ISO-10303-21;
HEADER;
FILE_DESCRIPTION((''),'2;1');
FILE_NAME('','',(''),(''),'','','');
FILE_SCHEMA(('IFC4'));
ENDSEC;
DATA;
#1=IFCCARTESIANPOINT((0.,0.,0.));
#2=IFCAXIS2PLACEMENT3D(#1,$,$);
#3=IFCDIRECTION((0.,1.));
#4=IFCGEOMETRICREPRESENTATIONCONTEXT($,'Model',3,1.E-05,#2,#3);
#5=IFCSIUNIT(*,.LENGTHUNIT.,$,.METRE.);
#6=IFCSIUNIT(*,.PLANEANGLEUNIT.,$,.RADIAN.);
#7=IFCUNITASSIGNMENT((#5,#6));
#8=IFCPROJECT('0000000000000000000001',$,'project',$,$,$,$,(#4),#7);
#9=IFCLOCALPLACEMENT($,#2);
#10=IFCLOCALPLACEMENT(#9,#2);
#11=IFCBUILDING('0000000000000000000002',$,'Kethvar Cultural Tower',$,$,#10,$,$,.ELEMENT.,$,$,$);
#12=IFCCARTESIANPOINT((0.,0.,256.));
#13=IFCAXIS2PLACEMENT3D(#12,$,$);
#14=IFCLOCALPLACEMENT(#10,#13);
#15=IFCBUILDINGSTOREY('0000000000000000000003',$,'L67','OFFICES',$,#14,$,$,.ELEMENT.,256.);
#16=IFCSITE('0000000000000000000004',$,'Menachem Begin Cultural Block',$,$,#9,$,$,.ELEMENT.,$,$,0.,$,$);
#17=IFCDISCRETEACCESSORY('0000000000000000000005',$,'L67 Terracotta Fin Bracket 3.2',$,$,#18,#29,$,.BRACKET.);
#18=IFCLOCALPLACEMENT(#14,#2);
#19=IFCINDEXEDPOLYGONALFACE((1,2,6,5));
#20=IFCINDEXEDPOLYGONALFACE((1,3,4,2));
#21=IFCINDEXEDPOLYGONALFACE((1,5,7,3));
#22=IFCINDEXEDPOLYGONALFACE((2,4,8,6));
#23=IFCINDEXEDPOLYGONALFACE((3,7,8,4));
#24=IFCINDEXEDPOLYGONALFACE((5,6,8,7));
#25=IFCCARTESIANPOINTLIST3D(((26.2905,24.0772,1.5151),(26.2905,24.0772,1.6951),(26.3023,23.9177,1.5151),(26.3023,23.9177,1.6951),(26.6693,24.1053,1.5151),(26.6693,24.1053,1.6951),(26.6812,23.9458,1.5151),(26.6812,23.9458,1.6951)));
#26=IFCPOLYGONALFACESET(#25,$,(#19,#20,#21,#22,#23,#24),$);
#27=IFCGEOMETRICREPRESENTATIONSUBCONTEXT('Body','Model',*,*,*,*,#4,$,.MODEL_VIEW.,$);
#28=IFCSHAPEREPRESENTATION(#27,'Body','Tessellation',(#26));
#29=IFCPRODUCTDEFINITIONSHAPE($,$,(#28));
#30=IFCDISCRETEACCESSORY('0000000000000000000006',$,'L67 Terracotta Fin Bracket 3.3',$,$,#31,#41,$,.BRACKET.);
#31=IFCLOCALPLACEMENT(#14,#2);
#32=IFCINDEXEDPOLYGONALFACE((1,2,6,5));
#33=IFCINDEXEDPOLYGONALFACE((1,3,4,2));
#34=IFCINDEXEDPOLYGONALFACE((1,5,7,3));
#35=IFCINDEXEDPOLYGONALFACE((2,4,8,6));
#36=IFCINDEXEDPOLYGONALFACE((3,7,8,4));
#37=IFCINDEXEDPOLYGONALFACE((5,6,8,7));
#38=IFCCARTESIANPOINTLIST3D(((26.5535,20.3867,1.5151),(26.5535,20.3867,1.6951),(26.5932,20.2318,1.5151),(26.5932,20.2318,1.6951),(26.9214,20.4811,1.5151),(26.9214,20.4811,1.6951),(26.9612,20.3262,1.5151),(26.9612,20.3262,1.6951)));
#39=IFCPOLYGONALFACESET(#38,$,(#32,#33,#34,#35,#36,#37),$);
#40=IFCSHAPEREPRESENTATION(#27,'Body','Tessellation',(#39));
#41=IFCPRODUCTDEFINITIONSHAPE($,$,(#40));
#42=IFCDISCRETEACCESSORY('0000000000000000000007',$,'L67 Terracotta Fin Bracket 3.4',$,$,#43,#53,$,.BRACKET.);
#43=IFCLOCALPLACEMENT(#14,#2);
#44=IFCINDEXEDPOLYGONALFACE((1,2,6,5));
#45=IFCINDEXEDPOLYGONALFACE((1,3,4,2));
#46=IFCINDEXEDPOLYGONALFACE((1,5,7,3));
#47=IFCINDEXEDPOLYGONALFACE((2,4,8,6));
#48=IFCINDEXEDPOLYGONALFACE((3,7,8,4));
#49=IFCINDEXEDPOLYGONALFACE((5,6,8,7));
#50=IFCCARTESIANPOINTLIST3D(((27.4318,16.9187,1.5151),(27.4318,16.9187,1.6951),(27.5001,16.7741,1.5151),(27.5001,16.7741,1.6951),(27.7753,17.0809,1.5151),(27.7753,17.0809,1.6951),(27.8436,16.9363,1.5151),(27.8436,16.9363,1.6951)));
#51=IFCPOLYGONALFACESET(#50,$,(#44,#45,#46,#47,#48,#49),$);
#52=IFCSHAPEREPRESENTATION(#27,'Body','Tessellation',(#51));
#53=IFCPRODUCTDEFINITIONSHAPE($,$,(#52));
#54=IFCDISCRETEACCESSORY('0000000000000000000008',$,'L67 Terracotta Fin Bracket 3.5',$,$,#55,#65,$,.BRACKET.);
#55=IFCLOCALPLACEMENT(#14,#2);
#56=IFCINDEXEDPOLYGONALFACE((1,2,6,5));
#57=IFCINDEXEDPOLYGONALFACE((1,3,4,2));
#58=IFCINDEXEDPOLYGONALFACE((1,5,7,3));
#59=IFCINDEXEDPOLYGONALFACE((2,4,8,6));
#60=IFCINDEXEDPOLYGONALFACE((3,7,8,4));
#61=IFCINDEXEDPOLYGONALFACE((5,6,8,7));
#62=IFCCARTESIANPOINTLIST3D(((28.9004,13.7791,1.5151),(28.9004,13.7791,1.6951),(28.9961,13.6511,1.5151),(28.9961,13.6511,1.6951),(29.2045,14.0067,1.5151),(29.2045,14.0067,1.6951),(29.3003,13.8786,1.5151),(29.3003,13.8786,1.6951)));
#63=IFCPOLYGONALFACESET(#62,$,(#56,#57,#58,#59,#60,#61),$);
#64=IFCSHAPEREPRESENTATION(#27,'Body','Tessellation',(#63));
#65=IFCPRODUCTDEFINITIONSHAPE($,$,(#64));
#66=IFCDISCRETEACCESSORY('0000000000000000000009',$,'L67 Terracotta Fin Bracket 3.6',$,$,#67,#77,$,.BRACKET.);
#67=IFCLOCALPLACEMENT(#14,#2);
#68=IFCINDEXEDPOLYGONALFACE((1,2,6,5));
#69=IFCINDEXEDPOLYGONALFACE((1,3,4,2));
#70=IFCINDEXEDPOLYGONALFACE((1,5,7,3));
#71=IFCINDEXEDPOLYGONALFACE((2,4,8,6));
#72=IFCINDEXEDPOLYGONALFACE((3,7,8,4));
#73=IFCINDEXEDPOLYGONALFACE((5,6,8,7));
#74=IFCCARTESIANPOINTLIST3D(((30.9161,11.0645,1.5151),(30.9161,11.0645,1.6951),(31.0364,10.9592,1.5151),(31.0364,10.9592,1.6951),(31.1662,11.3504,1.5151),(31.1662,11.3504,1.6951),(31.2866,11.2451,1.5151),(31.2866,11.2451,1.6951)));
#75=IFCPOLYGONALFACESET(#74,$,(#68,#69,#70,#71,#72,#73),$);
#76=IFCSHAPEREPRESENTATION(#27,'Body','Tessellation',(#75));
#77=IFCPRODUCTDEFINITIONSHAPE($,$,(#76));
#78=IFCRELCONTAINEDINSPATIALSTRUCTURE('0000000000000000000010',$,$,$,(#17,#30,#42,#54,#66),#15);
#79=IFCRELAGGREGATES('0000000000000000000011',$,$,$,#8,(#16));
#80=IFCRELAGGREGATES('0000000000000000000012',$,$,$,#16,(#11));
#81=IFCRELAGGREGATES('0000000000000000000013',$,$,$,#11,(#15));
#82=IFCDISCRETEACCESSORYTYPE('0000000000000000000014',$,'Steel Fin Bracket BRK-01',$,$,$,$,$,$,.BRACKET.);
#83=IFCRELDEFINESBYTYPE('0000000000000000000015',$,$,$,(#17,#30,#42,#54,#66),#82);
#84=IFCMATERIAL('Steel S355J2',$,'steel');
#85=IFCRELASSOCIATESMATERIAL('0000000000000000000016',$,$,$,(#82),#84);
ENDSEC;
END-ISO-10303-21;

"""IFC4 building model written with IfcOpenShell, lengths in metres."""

from ifc_helpers import new_model, si_unit, direction, frame, origin, origin_2d, place, context, subcontext, project, spatial, rectangle, extrude, source, transform, mapped, material, type_object, element, save


model = new_model("IFC4")

# Units and contexts
model_context = context("Model", 3, precision=1e-05, world=origin(), true_north=direction((0.0, 1.0)))
body_context = subcontext(model_context, "Body", "Model", "MODEL_VIEW")
ifc_project = project(units=[si_unit("LENGTHUNIT", "METRE"), si_unit("PLANEANGLEUNIT", "RADIAN")], contexts=[model_context])

# Site, building, storey
site_placement = place(None, origin())
site = spatial("IfcSite", under=ifc_project, at=site_placement, Name="Menachem Begin Cultural Block", CompositionType="ELEMENT", RefElevation=0.0)
building_placement = place(site_placement, origin())
building = spatial("IfcBuilding", under=site, at=building_placement, Name="Kethvar Cultural Tower", CompositionType="ELEMENT")
storey_placement = place(building_placement, frame((0.0, 0.0, 256.0)))
storey = spatial("IfcBuildingStorey", under=building, at=storey_placement, Name="L67", Description="OFFICES", CompositionType="ELEMENT", Elevation=256.0)

# Shared definitions
ifc_material_1 = material(Name="Steel S355J2", Category="steel")

# Discrete accessories
discrete_accessory_type = type_object("IfcDiscreteAccessoryType", Name="Steel Fin Bracket BRK-01", PredefinedType="BRACKET", material=ifc_material_1)
shared_shape_1 = source(origin(), body_context, "Body", "SweptSolid", [
    extrude(rectangle(XDim=0.3799, YDim=0.1599, at=origin_2d()), origin(), (0.0, 0.0, 1.0), 0.1799),
])
for number, where, z_axis, x_axis, name in (
    (1, (26.4858, 24.0115, 1.5151), (0.0, 0.0, 1.0), (-0.997263, -0.073934, 0.0), "L67 Terracotta Fin Bracket 3.2"),
    (2, (26.7573, 20.3564, 1.5151), (0.0, 0.0, 1.0), (-0.968583, -0.24869, 0.0), "L67 Terracotta Fin Bracket 3.3"),
    (3, (27.6377, 16.9275, 1.5151), (0.0, 0.0, 1.0), (-0.904306, -0.426884, 0.0), "L67 Terracotta Fin Bracket 3.4"),
    (4, (29.1003, 13.8289, 1.5151), (0.0, 0.0, 1.0), (-0.800731, -0.599024, 0.0), "L67 Terracotta Fin Bracket 3.5"),
    (5, (31.1013, 11.1548, 1.5151), (0.0, 0.0, 1.0), (-0.658558, -0.75253, 0.0), "L67 Terracotta Fin Bracket 3.6"),
):
    element("IfcDiscreteAccessory", number, at=place(storey_placement, frame(where, z_axis=z_axis, x_axis=x_axis)), inside=storey, type_object=discrete_accessory_type, Name=name, PredefinedType="BRACKET", context=body_context, shape_type="MappedRepresentation", body=[
        mapped(shared_shape_1, transform((0.0, 0.0, 0.0), scale=1.0)),
    ])

save(model, "model.ifc")
